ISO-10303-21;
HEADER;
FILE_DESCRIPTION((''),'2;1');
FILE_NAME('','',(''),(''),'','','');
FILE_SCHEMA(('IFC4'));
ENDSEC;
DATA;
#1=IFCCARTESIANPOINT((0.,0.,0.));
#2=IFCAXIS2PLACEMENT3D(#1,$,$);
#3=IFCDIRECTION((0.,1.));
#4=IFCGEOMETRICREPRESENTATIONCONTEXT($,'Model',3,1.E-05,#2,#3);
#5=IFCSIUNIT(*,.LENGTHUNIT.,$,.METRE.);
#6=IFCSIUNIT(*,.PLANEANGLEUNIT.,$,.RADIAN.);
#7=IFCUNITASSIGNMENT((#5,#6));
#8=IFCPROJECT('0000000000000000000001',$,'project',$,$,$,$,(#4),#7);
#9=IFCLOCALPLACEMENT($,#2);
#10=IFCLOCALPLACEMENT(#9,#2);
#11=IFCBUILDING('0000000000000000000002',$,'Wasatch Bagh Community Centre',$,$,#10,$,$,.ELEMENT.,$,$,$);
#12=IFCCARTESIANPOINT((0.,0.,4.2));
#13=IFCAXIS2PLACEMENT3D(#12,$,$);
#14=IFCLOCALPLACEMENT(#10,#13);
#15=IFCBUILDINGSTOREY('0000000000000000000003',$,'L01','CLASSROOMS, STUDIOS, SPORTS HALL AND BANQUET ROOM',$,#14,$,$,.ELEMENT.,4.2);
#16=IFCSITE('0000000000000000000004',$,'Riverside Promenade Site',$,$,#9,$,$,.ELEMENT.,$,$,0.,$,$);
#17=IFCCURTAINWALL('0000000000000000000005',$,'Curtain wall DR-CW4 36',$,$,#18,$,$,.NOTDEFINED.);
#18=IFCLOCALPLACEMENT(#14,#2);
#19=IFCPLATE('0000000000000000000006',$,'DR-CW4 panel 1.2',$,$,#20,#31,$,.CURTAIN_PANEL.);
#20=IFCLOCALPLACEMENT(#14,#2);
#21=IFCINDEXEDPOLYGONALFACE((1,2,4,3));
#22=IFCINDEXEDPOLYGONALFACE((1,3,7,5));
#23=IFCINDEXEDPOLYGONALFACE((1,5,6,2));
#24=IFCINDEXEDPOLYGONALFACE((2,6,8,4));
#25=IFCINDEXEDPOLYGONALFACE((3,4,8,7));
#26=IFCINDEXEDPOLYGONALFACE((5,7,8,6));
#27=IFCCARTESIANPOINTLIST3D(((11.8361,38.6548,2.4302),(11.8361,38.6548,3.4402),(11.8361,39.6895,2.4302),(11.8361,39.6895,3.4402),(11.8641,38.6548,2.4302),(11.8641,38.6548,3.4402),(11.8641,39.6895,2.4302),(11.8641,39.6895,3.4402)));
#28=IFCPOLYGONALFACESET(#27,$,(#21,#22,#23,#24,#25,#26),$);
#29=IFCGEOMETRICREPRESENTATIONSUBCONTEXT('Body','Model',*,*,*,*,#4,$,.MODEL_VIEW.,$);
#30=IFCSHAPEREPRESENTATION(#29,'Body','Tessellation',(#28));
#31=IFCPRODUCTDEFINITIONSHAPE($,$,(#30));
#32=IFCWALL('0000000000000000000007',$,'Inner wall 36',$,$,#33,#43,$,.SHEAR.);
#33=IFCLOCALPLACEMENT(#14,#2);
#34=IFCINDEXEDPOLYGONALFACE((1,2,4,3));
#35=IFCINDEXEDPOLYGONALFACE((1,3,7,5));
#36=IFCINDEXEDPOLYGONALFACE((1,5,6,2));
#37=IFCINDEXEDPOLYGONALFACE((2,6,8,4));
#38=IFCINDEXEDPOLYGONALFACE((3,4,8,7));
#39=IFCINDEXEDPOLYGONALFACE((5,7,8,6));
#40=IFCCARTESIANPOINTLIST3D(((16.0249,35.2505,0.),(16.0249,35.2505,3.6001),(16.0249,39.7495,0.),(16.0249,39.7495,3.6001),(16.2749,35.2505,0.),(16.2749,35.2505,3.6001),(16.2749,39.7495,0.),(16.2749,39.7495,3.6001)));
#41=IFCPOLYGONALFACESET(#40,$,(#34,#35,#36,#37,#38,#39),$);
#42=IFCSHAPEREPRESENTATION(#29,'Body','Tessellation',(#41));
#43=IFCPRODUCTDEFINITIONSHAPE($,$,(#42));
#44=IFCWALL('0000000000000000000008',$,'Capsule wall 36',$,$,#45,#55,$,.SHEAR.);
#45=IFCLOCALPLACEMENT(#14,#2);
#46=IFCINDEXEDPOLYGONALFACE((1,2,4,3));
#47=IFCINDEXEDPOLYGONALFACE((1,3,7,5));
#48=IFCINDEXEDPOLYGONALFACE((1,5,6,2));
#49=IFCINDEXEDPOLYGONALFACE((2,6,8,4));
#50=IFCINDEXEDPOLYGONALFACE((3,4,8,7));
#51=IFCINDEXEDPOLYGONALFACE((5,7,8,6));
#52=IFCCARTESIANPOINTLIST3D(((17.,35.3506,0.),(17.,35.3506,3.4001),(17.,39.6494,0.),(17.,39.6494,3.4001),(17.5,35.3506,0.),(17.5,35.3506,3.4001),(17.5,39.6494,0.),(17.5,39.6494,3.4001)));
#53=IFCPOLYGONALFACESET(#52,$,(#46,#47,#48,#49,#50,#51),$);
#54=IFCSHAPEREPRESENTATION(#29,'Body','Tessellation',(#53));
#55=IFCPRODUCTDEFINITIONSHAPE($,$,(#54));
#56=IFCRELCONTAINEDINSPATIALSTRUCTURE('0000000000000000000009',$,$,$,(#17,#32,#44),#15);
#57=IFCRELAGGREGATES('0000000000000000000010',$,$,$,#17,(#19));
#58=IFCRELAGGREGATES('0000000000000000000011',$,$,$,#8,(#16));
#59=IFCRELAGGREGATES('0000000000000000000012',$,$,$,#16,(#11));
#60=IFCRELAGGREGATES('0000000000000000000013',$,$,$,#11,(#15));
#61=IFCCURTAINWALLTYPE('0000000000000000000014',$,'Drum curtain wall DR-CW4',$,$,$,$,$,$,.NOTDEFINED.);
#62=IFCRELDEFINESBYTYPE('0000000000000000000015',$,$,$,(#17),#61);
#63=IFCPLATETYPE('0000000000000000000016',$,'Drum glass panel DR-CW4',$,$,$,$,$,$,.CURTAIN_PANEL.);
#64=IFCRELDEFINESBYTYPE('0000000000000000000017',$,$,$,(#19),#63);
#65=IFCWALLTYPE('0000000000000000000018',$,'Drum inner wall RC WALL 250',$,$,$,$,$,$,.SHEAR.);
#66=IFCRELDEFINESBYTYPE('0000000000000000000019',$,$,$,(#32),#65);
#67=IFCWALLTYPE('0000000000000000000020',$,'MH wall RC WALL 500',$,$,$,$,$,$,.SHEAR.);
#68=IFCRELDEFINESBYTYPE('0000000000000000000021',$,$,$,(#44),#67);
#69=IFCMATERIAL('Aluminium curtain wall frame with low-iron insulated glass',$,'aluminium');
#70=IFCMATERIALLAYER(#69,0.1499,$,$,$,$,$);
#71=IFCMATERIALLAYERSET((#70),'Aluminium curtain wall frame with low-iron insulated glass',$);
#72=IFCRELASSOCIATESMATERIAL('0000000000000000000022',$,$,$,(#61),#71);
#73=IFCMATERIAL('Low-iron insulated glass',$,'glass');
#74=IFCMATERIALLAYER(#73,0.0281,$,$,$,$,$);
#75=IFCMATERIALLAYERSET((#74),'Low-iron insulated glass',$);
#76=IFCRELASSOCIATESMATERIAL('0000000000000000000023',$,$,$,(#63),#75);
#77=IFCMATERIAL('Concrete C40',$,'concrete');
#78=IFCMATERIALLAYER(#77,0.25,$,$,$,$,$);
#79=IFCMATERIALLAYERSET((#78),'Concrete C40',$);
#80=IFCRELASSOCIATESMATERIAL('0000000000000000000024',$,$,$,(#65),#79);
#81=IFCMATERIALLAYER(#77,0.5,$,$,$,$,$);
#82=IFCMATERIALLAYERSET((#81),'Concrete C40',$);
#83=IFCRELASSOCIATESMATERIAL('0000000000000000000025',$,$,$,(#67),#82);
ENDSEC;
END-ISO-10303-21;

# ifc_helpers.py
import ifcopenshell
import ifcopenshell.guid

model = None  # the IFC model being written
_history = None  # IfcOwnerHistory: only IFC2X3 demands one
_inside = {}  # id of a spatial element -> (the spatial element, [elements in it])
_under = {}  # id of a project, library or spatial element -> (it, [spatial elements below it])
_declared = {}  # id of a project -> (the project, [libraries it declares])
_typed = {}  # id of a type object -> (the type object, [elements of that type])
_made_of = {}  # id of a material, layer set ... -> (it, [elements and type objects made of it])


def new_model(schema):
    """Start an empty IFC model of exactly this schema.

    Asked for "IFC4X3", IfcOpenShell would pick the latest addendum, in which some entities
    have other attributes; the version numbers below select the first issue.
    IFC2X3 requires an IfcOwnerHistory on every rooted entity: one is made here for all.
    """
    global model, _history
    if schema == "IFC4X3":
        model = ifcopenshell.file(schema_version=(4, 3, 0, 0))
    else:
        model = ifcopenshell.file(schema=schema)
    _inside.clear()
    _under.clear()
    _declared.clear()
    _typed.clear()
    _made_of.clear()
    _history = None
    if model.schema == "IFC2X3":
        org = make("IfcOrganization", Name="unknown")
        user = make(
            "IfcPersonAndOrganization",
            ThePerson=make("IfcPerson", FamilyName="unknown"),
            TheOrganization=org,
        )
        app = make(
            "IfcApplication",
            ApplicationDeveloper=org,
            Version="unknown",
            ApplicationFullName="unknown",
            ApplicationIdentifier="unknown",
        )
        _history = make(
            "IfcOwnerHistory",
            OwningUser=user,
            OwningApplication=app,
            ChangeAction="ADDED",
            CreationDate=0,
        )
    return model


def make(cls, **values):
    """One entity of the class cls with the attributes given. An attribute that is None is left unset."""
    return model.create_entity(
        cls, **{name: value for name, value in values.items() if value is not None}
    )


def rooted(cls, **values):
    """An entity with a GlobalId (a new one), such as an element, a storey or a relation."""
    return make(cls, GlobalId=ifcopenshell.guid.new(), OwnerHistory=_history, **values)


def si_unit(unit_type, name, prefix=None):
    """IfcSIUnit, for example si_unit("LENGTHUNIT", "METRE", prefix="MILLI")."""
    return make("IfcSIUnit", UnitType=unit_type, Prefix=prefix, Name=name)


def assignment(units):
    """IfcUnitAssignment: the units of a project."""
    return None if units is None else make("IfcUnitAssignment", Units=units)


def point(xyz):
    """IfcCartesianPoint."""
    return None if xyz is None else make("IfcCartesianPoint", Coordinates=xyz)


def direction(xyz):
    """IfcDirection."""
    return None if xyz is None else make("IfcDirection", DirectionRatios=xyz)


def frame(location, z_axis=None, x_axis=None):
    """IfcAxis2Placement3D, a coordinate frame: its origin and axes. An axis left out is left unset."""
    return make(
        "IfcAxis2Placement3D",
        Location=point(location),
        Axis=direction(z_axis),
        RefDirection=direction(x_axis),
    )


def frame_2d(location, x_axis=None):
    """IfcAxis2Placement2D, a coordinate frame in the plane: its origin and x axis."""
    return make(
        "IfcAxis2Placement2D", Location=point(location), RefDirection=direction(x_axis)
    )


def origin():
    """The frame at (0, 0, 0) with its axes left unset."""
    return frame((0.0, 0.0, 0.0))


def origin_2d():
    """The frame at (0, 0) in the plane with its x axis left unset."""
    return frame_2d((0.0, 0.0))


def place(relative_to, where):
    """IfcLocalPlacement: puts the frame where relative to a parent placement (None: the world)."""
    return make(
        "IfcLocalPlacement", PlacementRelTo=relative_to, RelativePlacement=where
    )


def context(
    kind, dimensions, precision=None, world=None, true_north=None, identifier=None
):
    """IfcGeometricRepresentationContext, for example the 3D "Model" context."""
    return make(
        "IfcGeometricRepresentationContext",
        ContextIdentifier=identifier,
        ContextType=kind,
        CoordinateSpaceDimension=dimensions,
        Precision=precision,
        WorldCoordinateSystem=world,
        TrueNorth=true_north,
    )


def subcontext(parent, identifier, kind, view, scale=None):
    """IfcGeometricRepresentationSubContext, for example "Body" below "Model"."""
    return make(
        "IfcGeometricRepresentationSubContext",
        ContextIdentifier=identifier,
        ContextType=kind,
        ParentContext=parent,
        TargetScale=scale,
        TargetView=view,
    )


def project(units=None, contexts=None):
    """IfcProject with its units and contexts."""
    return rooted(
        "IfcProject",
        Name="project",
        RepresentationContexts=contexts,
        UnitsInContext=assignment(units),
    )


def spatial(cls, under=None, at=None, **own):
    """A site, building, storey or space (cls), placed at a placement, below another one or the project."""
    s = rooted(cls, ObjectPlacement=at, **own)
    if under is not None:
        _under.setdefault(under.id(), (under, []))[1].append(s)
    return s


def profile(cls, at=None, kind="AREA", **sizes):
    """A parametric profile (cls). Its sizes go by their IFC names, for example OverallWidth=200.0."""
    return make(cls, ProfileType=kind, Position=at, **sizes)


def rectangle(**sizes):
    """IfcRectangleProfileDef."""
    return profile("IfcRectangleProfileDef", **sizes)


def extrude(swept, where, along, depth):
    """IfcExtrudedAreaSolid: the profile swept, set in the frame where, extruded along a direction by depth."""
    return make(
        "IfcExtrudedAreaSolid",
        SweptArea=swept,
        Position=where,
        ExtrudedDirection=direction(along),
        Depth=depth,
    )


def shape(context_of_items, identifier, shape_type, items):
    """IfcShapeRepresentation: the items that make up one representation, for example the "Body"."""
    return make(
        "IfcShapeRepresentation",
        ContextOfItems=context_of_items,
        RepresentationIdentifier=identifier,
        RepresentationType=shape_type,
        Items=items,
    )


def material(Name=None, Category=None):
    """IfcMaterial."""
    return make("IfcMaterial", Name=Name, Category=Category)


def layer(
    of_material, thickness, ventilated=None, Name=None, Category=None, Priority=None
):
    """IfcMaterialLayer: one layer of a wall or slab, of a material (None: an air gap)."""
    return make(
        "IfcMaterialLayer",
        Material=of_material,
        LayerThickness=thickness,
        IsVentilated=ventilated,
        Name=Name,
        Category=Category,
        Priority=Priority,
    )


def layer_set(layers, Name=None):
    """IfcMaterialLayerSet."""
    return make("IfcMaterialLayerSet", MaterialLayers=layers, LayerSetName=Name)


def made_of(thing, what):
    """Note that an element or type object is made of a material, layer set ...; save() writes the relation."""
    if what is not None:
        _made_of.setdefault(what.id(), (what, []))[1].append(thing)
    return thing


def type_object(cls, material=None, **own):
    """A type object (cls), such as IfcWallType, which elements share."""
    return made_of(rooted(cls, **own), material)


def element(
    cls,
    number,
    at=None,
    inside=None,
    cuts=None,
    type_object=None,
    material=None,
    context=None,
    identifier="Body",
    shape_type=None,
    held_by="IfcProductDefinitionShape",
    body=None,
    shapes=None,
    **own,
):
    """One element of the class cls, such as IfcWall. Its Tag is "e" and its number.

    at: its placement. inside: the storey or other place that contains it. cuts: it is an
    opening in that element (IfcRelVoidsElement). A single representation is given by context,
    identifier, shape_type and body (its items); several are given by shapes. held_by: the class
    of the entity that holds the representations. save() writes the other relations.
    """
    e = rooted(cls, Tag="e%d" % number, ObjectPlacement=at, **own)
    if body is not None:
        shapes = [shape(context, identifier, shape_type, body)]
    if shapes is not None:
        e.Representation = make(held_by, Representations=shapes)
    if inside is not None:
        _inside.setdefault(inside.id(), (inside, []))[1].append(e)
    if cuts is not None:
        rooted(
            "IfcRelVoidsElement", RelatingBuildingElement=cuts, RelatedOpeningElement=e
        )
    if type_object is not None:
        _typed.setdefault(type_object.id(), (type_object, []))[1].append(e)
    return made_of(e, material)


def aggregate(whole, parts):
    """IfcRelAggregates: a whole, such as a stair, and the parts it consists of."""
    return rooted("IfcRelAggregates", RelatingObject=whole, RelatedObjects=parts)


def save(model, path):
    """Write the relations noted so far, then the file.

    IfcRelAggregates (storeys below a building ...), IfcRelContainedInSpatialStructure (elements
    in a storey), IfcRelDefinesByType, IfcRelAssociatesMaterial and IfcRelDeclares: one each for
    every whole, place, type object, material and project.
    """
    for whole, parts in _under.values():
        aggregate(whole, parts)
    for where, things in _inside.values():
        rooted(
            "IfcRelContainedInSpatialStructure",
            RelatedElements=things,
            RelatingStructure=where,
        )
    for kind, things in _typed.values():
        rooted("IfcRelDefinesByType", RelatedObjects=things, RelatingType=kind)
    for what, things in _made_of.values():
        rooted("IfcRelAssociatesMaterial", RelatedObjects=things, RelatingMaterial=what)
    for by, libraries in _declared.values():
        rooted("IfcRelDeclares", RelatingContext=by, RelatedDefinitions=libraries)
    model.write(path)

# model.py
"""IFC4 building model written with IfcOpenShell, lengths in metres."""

from ifc_helpers import new_model, si_unit, direction, frame, frame_2d, origin, origin_2d, place, context, subcontext, project, spatial, rectangle, extrude, material, layer, layer_set, type_object, element, aggregate, save


model = new_model("IFC4")

# Units and contexts
model_context = context("Model", 3, precision=1e-05, world=origin(), true_north=direction((0.0, 1.0)))
body_context = subcontext(model_context, "Body", "Model", "MODEL_VIEW")
ifc_project = project(units=[si_unit("LENGTHUNIT", "METRE"), si_unit("PLANEANGLEUNIT", "RADIAN")], contexts=[model_context])

# Site, building, storey
site_placement = place(None, origin())
site = spatial("IfcSite", under=ifc_project, at=site_placement, Name="Riverside Promenade Site", CompositionType="ELEMENT", RefElevation=0.0)
building_placement = place(site_placement, origin())
building = spatial("IfcBuilding", under=site, at=building_placement, Name="Wasatch Bagh Community Centre", CompositionType="ELEMENT")
storey_placement = place(building_placement, frame((0.0, 0.0, 4.2)))
storey = spatial("IfcBuildingStorey", under=building, at=storey_placement, Name="L01", Description="CLASSROOMS, STUDIOS, SPORTS HALL AND BANQUET ROOM", CompositionType="ELEMENT", Elevation=4.2)

# Shared definitions
ifc_material_1 = material(Name="Concrete C40", Category="concrete")

# Curtain wall
ifc_material_2 = material(Name="Aluminium curtain wall frame with low-iron insulated glass", Category="aluminium")
ifc_layer_1 = layer(ifc_material_2, 0.1499)
ifc_layer_set_1 = layer_set([ifc_layer_1], Name="Aluminium curtain wall frame with low-iron insulated glass")
curtain_wall_type = type_object("IfcCurtainWallType", Name="Drum curtain wall DR-CW4", PredefinedType="NOTDEFINED", material=ifc_layer_set_1)
curtain_wall_1_placement = place(storey_placement, origin())
curtain_wall_1 = element("IfcCurtainWall", 1, at=curtain_wall_1_placement, inside=storey, type_object=curtain_wall_type, Name="Curtain wall DR-CW4 36", PredefinedType="NOTDEFINED")

# Plate
ifc_material_3 = material(Name="Low-iron insulated glass", Category="glass")
ifc_layer_2 = layer(ifc_material_3, 0.0281)
ifc_layer_set_2 = layer_set([ifc_layer_2], Name="Low-iron insulated glass")
plate_type = type_object("IfcPlateType", Name="Drum glass panel DR-CW4", PredefinedType="CURTAIN_PANEL", material=ifc_layer_set_2)
plate_1_placement = place(storey_placement, frame((11.8501, 39.1721, 2.4302), z_axis=(0.0, 0.0, 1.0), x_axis=(0.0, -1.0, 0.0)))
plate_1 = element("IfcPlate", 2, at=plate_1_placement, type_object=plate_type, Name="DR-CW4 panel 1.2", PredefinedType="CURTAIN_PANEL", context=body_context, shape_type="SweptSolid", body=[
    extrude(rectangle(XDim=1.0347, YDim=0.0281, at=origin_2d()), origin(), (0.0, 0.0, 1.0), 1.01),
])
aggregate(curtain_wall_1, [plate_1])

# Walls
ifc_layer_3 = layer(ifc_material_1, 0.25)
ifc_layer_set_3 = layer_set([ifc_layer_3], Name="Concrete C40")
wall_type_1 = type_object("IfcWallType", Name="Drum inner wall RC WALL 250", PredefinedType="SHEAR", material=ifc_layer_set_3)
wall_1_placement = place(storey_placement, frame((16.1499, 39.7495, 0.0), z_axis=(0.0, 0.0, 1.0), x_axis=(0.0, -1.0, 0.0)))
element("IfcWall", 3, at=wall_1_placement, inside=storey, type_object=wall_type_1, Name="Inner wall 36", PredefinedType="SHEAR", context=body_context, shape_type="SweptSolid", body=[
    extrude(rectangle(XDim=4.499, YDim=0.25, at=frame_2d((2.2495, 0.0))), origin(), (0.0, 0.0, 1.0), 3.6001),
])
ifc_layer_4 = layer(ifc_material_1, 0.5)
ifc_layer_set_4 = layer_set([ifc_layer_4], Name="Concrete C40")
wall_type_2 = type_object("IfcWallType", Name="MH wall RC WALL 500", PredefinedType="SHEAR", material=ifc_layer_set_4)
wall_2_placement = place(storey_placement, frame((17.25, 39.6494, 0.0), z_axis=(0.0, 0.0, 1.0), x_axis=(0.0, -1.0, 0.0)))
element("IfcWall", 4, at=wall_2_placement, inside=storey, type_object=wall_type_2, Name="Capsule wall 36", PredefinedType="SHEAR", context=body_context, shape_type="SweptSolid", body=[
    extrude(rectangle(XDim=4.2988, YDim=0.5, at=frame_2d((2.1494, 0.0))), origin(), (0.0, 0.0, 1.0), 3.4001),
])

save(model, "model.ifc")
